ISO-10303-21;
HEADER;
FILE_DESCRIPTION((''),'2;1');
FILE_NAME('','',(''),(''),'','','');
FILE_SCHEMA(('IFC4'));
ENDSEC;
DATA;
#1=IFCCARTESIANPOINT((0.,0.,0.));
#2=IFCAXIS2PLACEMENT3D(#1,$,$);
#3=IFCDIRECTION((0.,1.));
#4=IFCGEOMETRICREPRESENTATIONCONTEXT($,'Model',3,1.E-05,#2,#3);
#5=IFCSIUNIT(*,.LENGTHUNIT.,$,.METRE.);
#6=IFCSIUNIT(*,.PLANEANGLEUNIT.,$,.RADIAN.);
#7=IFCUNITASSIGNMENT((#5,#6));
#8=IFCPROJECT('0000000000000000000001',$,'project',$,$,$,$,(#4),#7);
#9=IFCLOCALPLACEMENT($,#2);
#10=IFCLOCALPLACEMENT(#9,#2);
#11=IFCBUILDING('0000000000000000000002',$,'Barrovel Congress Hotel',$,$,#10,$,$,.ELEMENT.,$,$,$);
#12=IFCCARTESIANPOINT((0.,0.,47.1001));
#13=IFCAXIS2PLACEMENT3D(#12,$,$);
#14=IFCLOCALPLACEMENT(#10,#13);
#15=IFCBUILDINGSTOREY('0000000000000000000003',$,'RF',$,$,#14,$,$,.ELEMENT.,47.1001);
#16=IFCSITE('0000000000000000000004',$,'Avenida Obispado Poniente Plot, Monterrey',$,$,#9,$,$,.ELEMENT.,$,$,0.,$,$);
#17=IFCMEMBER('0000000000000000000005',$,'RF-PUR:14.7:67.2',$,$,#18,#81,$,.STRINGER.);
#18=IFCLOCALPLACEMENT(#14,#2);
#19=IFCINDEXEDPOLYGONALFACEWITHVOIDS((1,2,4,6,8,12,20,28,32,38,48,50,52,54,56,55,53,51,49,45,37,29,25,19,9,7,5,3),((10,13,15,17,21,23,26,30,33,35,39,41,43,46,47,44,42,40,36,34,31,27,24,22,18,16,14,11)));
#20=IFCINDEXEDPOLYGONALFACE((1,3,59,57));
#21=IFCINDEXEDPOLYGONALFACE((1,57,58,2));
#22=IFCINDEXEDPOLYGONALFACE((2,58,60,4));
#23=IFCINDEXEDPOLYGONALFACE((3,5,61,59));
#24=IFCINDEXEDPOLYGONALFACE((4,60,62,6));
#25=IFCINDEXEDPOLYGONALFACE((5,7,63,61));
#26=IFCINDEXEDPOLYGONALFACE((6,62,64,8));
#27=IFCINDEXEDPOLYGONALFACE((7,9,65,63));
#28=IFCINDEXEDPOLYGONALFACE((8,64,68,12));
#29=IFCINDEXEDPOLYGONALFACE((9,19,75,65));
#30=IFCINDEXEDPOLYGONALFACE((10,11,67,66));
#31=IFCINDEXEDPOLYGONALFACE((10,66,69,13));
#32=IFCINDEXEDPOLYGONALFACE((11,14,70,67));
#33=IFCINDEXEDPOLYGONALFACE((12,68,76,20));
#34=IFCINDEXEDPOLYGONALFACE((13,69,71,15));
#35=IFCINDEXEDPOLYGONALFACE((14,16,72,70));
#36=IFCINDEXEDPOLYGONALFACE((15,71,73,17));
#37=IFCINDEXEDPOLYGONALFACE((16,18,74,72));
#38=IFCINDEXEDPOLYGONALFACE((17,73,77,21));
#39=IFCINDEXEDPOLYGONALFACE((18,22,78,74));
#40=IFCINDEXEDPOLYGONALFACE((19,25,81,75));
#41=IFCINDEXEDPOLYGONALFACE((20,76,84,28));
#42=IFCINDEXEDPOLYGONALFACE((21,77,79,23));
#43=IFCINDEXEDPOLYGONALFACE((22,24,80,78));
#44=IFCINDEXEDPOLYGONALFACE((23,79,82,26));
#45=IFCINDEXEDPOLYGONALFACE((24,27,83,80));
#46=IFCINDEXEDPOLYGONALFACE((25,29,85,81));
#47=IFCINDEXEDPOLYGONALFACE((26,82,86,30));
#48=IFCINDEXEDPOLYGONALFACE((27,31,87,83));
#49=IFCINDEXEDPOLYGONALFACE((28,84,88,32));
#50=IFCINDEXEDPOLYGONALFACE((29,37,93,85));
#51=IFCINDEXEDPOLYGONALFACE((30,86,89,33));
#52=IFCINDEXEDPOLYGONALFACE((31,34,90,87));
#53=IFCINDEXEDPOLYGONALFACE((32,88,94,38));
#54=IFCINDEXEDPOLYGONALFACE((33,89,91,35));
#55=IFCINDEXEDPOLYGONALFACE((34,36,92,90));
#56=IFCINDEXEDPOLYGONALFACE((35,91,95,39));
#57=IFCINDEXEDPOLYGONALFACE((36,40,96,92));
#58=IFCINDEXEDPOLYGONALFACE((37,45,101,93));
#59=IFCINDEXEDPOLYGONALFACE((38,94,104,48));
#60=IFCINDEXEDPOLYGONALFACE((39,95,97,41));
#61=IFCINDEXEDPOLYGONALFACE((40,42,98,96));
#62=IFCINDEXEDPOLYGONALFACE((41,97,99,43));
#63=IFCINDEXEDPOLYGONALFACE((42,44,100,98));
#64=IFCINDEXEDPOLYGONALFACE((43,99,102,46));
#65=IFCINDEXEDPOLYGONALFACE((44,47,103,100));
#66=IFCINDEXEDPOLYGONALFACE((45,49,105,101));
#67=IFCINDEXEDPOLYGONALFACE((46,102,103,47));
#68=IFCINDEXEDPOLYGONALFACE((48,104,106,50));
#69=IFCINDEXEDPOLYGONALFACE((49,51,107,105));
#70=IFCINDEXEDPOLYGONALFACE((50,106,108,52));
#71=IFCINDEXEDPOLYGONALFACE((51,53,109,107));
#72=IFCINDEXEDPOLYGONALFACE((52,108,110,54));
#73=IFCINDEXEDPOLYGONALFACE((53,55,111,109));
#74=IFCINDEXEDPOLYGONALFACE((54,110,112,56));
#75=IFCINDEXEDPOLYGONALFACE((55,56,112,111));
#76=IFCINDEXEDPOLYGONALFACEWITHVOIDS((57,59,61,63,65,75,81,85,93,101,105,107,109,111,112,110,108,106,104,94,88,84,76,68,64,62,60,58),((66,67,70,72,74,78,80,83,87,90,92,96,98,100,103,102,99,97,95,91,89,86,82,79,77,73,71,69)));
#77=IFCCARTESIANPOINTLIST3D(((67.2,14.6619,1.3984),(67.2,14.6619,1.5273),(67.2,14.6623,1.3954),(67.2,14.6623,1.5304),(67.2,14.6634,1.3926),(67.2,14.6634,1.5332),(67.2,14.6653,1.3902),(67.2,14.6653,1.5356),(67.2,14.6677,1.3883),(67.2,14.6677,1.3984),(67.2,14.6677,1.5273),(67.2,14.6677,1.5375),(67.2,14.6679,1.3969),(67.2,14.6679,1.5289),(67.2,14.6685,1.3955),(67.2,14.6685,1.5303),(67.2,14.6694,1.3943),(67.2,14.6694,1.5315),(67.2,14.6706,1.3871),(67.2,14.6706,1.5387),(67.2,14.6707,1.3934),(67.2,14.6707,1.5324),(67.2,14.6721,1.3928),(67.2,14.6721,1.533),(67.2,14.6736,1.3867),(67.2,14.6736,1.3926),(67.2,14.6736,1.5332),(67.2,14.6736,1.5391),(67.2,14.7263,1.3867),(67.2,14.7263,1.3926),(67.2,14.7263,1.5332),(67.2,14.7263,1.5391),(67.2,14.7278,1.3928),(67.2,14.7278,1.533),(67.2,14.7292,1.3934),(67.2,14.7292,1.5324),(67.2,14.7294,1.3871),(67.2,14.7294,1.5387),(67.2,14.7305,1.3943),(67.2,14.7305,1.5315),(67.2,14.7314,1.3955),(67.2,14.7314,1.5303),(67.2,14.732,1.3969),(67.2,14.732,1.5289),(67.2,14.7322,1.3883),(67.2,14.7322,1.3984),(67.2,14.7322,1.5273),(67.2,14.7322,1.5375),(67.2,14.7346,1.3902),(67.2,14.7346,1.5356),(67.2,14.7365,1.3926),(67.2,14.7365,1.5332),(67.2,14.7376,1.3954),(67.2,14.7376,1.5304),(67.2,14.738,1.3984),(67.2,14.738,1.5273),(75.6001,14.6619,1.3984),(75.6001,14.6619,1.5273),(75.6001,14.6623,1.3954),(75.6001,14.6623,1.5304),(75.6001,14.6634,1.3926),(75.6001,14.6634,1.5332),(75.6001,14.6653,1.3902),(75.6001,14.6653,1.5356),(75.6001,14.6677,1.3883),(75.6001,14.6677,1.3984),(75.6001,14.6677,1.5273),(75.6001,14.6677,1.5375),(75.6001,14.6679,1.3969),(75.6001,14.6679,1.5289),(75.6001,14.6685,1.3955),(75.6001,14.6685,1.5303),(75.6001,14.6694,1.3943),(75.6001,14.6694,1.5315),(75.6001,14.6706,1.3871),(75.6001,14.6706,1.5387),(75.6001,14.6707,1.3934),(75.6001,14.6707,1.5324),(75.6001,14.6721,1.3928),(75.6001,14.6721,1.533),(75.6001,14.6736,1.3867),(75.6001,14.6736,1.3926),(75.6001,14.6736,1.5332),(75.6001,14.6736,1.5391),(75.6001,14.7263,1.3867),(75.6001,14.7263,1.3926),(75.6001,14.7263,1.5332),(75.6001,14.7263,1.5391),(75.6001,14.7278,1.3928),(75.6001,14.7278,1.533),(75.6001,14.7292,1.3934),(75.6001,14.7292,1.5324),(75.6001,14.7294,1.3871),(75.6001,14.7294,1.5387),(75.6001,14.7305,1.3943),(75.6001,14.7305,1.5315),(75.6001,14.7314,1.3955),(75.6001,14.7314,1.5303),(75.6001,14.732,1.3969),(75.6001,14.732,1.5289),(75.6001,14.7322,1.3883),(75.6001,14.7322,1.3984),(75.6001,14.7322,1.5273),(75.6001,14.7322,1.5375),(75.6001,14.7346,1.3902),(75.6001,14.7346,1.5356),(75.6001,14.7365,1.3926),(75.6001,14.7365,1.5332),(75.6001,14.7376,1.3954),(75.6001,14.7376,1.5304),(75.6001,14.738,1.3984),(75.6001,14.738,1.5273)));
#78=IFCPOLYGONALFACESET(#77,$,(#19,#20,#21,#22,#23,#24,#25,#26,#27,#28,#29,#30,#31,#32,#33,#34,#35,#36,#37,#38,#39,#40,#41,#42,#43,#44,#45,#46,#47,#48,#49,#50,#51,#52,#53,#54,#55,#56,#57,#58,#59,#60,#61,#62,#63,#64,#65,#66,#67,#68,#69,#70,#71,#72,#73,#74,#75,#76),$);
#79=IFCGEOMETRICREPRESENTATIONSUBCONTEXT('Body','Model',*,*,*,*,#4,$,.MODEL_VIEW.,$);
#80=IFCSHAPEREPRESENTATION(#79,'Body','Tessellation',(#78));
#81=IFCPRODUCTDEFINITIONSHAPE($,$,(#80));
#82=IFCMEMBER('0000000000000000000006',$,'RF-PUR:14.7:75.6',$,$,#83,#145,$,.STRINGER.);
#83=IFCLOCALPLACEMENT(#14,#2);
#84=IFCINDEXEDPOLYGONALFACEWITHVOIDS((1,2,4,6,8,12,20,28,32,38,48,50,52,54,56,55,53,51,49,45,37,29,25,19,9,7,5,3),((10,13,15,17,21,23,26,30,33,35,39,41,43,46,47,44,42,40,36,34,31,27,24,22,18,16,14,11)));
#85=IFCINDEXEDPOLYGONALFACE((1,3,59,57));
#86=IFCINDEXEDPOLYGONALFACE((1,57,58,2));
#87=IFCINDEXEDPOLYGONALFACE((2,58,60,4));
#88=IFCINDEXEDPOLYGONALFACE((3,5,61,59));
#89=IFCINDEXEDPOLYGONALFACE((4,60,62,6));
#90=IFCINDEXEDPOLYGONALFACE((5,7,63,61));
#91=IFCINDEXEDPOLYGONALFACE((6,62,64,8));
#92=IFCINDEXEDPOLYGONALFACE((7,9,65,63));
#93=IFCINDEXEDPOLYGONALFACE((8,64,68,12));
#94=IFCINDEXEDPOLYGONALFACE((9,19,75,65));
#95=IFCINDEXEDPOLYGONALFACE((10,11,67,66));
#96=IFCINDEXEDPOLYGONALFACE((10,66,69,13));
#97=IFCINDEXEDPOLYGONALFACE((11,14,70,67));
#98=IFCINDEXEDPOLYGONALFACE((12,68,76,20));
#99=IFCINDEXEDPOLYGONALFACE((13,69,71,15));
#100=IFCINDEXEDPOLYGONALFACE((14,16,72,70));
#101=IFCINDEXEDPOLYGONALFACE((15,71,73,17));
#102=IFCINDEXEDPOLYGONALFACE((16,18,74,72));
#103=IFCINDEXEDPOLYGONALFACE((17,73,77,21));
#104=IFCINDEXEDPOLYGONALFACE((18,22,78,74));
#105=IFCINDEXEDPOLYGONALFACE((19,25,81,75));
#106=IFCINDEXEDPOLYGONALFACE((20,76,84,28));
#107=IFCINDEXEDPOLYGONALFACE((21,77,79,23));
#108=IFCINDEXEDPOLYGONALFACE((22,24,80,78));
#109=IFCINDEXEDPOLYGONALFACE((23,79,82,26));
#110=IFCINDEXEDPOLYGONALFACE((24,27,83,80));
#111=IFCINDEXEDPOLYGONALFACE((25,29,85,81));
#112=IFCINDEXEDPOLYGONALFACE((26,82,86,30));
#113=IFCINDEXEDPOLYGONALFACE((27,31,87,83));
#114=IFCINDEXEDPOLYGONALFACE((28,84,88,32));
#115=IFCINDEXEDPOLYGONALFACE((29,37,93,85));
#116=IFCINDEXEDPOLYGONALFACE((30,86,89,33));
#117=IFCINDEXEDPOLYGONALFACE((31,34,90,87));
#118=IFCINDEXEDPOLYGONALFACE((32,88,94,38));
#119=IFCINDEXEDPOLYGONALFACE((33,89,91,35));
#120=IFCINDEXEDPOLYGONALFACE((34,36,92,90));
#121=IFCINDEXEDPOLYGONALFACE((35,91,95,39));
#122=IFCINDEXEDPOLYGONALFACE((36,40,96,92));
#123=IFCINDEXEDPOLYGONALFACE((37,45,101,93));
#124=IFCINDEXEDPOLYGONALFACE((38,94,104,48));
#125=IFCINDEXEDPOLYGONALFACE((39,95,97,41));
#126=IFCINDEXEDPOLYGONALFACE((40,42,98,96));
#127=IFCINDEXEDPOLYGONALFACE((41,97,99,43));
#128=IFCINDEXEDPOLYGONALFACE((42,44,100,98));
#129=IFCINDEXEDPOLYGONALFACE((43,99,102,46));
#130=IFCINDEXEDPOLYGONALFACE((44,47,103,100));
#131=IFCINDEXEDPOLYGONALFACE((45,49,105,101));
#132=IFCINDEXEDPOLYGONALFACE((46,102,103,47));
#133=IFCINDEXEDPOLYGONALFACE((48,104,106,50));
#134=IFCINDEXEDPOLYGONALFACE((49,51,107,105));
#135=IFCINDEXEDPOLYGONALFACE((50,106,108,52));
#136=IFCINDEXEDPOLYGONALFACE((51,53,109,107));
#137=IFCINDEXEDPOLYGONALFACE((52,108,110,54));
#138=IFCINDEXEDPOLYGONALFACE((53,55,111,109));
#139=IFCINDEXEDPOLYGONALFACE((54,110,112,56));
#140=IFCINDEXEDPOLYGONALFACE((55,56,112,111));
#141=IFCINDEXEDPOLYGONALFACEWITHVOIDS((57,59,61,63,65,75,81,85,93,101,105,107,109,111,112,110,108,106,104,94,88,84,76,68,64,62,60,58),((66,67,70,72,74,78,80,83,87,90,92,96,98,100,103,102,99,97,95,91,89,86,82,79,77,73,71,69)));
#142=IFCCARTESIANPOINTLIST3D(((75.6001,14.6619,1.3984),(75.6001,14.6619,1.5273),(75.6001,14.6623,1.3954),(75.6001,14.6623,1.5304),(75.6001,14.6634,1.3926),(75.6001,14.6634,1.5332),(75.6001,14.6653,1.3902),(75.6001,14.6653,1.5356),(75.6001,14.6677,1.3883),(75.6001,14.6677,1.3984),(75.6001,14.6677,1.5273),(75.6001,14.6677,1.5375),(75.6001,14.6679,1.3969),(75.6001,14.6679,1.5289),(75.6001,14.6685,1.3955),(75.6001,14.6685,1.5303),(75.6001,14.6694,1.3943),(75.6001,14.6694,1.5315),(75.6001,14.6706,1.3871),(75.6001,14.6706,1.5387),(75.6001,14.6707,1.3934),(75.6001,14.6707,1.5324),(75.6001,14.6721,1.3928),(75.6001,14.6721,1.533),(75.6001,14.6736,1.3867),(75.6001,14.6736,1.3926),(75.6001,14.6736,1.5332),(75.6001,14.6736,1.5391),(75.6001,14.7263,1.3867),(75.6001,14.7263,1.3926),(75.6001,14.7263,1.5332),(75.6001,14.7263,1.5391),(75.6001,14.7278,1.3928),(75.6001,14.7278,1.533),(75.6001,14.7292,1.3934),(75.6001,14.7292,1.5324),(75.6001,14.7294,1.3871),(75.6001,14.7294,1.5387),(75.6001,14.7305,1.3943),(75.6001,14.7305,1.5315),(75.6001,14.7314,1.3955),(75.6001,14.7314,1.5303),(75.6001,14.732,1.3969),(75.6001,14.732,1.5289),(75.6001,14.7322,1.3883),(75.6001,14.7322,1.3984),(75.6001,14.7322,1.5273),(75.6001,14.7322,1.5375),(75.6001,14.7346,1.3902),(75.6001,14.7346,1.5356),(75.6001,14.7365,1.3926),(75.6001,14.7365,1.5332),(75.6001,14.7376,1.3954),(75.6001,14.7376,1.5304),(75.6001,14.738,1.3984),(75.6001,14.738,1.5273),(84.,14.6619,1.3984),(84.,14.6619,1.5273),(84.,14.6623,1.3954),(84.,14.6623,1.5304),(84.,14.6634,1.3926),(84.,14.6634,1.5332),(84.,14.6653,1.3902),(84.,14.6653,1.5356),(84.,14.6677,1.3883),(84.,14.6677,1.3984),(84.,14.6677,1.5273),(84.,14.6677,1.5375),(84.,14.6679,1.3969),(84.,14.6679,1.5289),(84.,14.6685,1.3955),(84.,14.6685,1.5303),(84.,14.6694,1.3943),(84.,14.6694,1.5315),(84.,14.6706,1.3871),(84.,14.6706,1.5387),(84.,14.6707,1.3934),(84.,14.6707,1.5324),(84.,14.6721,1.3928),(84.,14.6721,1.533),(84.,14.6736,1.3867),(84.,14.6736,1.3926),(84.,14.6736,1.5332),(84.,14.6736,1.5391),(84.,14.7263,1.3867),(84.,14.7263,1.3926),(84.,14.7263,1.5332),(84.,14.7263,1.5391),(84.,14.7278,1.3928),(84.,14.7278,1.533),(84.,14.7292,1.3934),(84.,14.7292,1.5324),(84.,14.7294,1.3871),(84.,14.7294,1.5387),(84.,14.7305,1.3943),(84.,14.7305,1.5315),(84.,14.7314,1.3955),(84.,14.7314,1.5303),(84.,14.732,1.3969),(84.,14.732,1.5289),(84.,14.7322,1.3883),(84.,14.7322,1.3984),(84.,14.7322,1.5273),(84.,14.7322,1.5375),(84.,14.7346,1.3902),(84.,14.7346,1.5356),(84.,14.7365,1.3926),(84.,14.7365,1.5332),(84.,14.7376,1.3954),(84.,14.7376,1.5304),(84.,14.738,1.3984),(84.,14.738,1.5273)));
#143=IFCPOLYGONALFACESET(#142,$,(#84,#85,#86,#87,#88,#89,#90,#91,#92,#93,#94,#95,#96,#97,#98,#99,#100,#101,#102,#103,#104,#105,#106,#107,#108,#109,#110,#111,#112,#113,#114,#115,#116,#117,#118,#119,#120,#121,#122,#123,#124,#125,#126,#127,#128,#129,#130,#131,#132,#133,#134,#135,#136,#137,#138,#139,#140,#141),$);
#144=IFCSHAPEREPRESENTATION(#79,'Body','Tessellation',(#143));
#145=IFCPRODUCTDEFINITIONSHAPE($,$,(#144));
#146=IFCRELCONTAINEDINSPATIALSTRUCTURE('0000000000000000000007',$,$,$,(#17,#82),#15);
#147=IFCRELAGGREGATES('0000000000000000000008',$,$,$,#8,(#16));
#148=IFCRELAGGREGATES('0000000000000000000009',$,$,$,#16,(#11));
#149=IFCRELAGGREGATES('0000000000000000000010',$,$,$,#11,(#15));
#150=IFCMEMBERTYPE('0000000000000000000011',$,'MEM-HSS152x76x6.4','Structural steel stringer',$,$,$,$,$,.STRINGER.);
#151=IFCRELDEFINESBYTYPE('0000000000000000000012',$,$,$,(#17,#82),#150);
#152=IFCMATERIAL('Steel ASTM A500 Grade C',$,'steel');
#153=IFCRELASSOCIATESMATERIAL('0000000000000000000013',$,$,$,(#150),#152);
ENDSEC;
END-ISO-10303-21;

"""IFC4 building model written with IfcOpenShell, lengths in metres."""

from ifc_helpers import new_model, si_unit, direction, frame, origin, origin_2d, place, context, subcontext, project, spatial, hollow_rectangle, extrude, material, material_profile, profile_set, type_object, element, save


model = new_model("IFC4")

# Units and contexts
model_context = context("Model", 3, precision=1e-05, world=origin(), true_north=direction((0.0, 1.0)))
body_context = subcontext(model_context, "Body", "Model", "MODEL_VIEW")
ifc_project = project(units=[si_unit("LENGTHUNIT", "METRE"), si_unit("PLANEANGLEUNIT", "RADIAN")], contexts=[model_context])

# Site, building, storey
site_placement = place(None, origin())
site = spatial("IfcSite", under=ifc_project, at=site_placement, Name="Avenida Obispado Poniente Plot, Monterrey", CompositionType="ELEMENT", RefElevation=0.0)
building_placement = place(site_placement, origin())
building = spatial("IfcBuilding", under=site, at=building_placement, Name="Barrovel Congress Hotel", CompositionType="ELEMENT")
storey_placement = place(building_placement, frame((0.0, 0.0, 47.1001)))
storey = spatial("IfcBuildingStorey", under=building, at=storey_placement, Name="RF", CompositionType="ELEMENT", Elevation=47.1001)

# Members
ifc_material_1 = material(Name="Steel ASTM A500 Grade C", Category="steel")
ifc_material_profile_1 = material_profile(ifc_material_1, hollow_rectangle(XDim=0.0762, YDim=0.1523, WallThickness=0.0059, InnerFilletRadius=0.0059, OuterFilletRadius=0.0117, at=origin_2d()), Name="HSS152x76x6.4")
ifc_profile_set_1 = profile_set([ifc_material_profile_1], Name="Steel ASTM A500 Grade C")
member_type_1 = type_object("IfcMemberType", Name="MEM-HSS152x76x6.4", Description="Structural steel stringer", PredefinedType="STRINGER", material=ifc_profile_set_1)
member_1_placement = place(storey_placement, frame((67.2, 14.7, 1.4629), z_axis=(1.0, 0.0, 0.0), x_axis=(0.0, 1.0, 0.0)))
element("IfcMember", 1, at=member_1_placement, inside=storey, type_object=member_type_1, Name="RF-PUR:14.7:67.2", PredefinedType="STRINGER", context=body_context, shape_type="SweptSolid", body=[
    extrude(hollow_rectangle(XDim=0.0762, YDim=0.1523, WallThickness=0.0059, InnerFilletRadius=0.0059, OuterFilletRadius=0.0117, at=origin_2d()), origin(), (0.0, 0.0, 1.0), 8.4001),
])
member_2_placement = place(storey_placement, frame((75.6001, 14.7, 1.4629), z_axis=(1.0, 0.0, 0.0), x_axis=(0.0, 1.0, 0.0)))
element("IfcMember", 2, at=member_2_placement, inside=storey, type_object=member_type_1, Name="RF-PUR:14.7:75.6", PredefinedType="STRINGER", context=body_context, shape_type="SweptSolid", body=[
    extrude(hollow_rectangle(XDim=0.0762, YDim=0.1523, WallThickness=0.0059, InnerFilletRadius=0.0059, OuterFilletRadius=0.0117, at=origin_2d()), origin(), (0.0, 0.0, 1.0), 8.3999),
])

save(model, "model.ifc")
